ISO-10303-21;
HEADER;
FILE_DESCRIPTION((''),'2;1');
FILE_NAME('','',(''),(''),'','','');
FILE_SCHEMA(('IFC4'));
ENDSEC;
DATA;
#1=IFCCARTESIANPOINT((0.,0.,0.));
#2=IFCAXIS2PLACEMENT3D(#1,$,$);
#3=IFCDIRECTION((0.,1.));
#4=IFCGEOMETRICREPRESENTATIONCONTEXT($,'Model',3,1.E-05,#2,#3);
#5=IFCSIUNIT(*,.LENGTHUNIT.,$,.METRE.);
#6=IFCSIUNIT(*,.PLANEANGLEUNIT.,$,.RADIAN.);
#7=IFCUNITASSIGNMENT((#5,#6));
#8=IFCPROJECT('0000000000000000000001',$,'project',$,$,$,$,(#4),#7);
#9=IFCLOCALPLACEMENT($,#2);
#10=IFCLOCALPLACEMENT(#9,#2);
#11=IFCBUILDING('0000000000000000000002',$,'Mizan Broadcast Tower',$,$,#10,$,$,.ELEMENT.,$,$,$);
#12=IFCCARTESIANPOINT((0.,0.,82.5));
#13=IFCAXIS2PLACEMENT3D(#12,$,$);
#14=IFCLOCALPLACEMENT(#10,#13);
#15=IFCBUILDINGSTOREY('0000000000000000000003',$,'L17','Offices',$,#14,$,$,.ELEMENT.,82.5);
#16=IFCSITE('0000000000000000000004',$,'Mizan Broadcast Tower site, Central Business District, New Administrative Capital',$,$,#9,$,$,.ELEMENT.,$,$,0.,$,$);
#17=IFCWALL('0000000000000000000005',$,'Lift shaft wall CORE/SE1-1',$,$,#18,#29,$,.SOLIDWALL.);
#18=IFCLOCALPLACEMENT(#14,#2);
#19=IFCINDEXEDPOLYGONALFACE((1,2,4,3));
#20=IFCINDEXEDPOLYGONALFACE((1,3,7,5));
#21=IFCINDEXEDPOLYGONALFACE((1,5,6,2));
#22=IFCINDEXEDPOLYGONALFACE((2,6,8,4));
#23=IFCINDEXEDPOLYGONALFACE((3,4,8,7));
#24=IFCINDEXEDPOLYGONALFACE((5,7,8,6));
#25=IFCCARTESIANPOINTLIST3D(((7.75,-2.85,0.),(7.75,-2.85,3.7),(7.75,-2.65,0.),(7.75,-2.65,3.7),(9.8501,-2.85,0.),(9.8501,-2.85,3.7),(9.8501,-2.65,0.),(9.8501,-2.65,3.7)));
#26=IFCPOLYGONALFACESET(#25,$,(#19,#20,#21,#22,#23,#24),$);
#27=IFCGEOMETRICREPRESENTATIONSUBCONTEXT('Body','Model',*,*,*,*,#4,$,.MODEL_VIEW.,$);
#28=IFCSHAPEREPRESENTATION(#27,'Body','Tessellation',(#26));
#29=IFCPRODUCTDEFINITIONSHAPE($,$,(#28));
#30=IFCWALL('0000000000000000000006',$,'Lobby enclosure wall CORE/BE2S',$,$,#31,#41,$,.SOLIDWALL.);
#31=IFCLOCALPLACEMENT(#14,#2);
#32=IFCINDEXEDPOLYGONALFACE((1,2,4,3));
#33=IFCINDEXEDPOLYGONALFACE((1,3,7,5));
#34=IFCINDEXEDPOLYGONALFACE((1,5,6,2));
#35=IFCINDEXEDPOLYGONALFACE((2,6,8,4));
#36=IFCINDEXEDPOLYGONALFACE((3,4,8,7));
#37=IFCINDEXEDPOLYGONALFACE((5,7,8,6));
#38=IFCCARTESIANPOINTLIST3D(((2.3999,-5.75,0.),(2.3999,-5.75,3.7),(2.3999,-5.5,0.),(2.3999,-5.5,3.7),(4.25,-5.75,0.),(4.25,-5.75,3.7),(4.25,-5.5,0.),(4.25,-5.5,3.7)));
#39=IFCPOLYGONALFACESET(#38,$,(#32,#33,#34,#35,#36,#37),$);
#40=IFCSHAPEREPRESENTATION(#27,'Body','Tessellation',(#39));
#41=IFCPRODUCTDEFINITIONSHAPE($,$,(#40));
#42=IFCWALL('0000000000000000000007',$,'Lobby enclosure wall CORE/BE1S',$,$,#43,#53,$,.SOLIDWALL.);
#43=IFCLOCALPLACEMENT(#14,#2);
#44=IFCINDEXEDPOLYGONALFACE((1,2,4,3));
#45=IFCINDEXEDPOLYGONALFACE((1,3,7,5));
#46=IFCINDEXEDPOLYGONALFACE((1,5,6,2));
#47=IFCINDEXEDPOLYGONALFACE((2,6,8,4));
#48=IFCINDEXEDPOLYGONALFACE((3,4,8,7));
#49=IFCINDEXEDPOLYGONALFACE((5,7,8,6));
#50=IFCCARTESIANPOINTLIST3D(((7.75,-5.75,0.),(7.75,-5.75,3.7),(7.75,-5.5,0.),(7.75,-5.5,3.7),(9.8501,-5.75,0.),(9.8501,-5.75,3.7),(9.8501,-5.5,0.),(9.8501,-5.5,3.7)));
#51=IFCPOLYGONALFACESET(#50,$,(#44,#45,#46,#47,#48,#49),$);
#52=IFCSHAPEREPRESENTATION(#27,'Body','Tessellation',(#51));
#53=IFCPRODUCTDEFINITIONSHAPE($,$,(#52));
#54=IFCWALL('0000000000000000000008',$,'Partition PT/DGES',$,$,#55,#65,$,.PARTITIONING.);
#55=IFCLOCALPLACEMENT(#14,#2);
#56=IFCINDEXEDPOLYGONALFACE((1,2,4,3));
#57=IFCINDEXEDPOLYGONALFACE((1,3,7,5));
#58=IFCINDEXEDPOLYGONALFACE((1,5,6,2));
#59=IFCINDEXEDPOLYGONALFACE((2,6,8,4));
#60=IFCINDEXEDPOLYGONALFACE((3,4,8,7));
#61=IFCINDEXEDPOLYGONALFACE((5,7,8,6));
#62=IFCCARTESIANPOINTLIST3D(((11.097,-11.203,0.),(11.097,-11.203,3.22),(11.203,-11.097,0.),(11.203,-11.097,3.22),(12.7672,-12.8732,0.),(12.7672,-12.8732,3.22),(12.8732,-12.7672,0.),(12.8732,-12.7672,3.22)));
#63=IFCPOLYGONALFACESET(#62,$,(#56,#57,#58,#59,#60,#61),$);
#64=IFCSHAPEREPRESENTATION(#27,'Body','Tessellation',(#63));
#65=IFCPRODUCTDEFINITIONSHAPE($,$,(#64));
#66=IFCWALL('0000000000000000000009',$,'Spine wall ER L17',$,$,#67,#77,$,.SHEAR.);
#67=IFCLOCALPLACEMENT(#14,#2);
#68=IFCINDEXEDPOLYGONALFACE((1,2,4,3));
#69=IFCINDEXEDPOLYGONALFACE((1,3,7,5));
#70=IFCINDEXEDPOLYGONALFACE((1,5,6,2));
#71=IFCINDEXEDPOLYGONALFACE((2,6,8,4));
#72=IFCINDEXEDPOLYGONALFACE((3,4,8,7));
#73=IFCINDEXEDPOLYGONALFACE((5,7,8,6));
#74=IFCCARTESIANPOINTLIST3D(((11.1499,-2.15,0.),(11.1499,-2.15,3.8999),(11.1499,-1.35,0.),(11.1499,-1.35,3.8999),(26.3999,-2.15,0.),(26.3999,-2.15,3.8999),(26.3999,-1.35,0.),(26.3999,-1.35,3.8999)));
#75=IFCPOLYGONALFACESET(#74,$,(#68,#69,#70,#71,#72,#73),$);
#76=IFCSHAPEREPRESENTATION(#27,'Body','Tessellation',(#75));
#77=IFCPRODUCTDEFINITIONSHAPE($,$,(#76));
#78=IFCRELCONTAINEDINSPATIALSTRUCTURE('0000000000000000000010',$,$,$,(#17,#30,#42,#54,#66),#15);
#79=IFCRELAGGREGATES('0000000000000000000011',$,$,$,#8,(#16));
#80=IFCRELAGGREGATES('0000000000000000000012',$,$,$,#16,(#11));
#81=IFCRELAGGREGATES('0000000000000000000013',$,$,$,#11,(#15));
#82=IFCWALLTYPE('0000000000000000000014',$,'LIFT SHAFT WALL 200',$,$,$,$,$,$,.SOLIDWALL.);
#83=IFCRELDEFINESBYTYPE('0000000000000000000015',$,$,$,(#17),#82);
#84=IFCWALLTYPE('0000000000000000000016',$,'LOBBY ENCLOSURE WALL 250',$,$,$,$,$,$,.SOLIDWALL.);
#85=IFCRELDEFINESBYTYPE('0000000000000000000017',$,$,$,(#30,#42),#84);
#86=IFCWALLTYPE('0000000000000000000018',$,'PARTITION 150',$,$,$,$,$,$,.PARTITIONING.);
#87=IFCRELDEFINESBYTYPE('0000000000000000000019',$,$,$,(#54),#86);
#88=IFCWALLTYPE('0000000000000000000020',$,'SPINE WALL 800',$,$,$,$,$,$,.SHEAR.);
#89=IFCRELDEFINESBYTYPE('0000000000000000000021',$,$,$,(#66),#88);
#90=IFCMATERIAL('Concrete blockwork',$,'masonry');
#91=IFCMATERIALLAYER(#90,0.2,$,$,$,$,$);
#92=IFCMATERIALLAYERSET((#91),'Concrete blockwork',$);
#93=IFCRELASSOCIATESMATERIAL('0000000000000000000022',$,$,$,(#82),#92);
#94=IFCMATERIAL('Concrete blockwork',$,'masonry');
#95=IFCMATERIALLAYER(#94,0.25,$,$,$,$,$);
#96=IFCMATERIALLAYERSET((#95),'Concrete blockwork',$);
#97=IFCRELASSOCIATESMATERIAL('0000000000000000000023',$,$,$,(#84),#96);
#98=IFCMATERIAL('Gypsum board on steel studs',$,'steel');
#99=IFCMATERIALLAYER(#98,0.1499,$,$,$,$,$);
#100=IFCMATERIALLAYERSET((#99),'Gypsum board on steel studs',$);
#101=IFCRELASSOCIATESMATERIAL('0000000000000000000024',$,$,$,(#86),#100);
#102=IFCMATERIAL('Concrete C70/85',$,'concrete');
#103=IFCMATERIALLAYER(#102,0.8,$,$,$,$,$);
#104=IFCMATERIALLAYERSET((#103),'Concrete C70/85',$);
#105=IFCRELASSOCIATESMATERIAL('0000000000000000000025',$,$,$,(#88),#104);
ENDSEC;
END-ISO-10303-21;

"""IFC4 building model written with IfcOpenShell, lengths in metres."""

from ifc_helpers import new_model, si_unit, direction, frame, frame_2d, origin, place, context, subcontext, project, spatial, rectangle, extrude, material, layer, layer_set, type_object, element, save


model = new_model("IFC4")

# Units and contexts
model_context = context("Model", 3, precision=1e-05, world=origin(), true_north=direction((0.0, 1.0)))
body_context = subcontext(model_context, "Body", "Model", "MODEL_VIEW")
ifc_project = project(units=[si_unit("LENGTHUNIT", "METRE"), si_unit("PLANEANGLEUNIT", "RADIAN")], contexts=[model_context])

# Site, building, storey
site_placement = place(None, origin())
site = spatial("IfcSite", under=ifc_project, at=site_placement, Name="Mizan Broadcast Tower site, Central Business District, New Administrative Capital", CompositionType="ELEMENT", RefElevation=0.0)
building_placement = place(site_placement, origin())
building = spatial("IfcBuilding", under=site, at=building_placement, Name="Mizan Broadcast Tower", CompositionType="ELEMENT")
storey_placement = place(building_placement, frame((0.0, 0.0, 82.5)))
storey = spatial("IfcBuildingStorey", under=building, at=storey_placement, Name="L17", Description="Offices", CompositionType="ELEMENT", Elevation=82.5)

# Walls
ifc_material_1 = material(Name="Concrete blockwork", Category="masonry")
ifc_layer_1 = layer(ifc_material_1, 0.2)
ifc_layer_set_1 = layer_set([ifc_layer_1], Name="Concrete blockwork")
wall_type_1 = type_object("IfcWallType", Name="LIFT SHAFT WALL 200", PredefinedType="SOLIDWALL", material=ifc_layer_set_1)
wall_1_placement = place(storey_placement, frame((7.75, -2.75, 0.0), z_axis=(0.0, 0.0, 1.0), x_axis=(1.0, 0.0, 0.0)))
element("IfcWall", 1, at=wall_1_placement, inside=storey, type_object=wall_type_1, Name="Lift shaft wall CORE/SE1-1", PredefinedType="SOLIDWALL", context=body_context, shape_type="SweptSolid", body=[
    extrude(rectangle(XDim=2.1001, YDim=0.2, at=frame_2d((1.05, 0.0))), origin(), (0.0, 0.0, 1.0), 3.7),
])
ifc_material_2 = material(Name="Concrete blockwork", Category="masonry")
ifc_layer_2 = layer(ifc_material_2, 0.25)
ifc_layer_set_2 = layer_set([ifc_layer_2], Name="Concrete blockwork")
wall_type_2 = type_object("IfcWallType", Name="LOBBY ENCLOSURE WALL 250", PredefinedType="SOLIDWALL", material=ifc_layer_set_2)
wall_2_placement = place(storey_placement, frame((2.3999, -5.625, 0.0), z_axis=(0.0, 0.0, 1.0), x_axis=(1.0, 0.0, 0.0)))
element("IfcWall", 2, at=wall_2_placement, inside=storey, type_object=wall_type_2, Name="Lobby enclosure wall CORE/BE2S", PredefinedType="SOLIDWALL", context=body_context, shape_type="SweptSolid", body=[
    extrude(rectangle(XDim=1.8501, YDim=0.25, at=frame_2d((0.925, 0.0))), origin(), (0.0, 0.0, 1.0), 3.7),
])
wall_3_placement = place(storey_placement, frame((7.75, -5.625, 0.0), z_axis=(0.0, 0.0, 1.0), x_axis=(1.0, 0.0, 0.0)))
element("IfcWall", 3, at=wall_3_placement, inside=storey, type_object=wall_type_2, Name="Lobby enclosure wall CORE/BE1S", PredefinedType="SOLIDWALL", context=body_context, shape_type="SweptSolid", body=[
    extrude(rectangle(XDim=2.1001, YDim=0.25, at=frame_2d((1.05, 0.0))), origin(), (0.0, 0.0, 1.0), 3.7),
])
ifc_material_3 = material(Name="Gypsum board on steel studs", Category="steel")
ifc_layer_3 = layer(ifc_material_3, 0.1499)
ifc_layer_set_3 = layer_set([ifc_layer_3], Name="Gypsum board on steel studs")
wall_type_3 = type_object("IfcWallType", Name="PARTITION 150", PredefinedType="PARTITIONING", material=ifc_layer_set_3)
wall_4_placement = place(storey_placement, frame((11.1499, -11.1499, 0.0), z_axis=(0.0, 0.0, 1.0), x_axis=(0.707107, -0.707107, 0.0)))
element("IfcWall", 4, at=wall_4_placement, inside=storey, type_object=wall_type_3, Name="Partition PT/DGES", PredefinedType="PARTITIONING", context=body_context, shape_type="SweptSolid", body=[
    extrude(rectangle(XDim=2.3621, YDim=0.1499, at=frame_2d((1.1812, 0.0))), origin(), (0.0, 0.0, 1.0), 3.22),
])
ifc_material_4 = material(Name="Concrete C70/85", Category="concrete")
ifc_layer_4 = layer(ifc_material_4, 0.8)
ifc_layer_set_4 = layer_set([ifc_layer_4], Name="Concrete C70/85")
wall_type_4 = type_object("IfcWallType", Name="SPINE WALL 800", PredefinedType="SHEAR", material=ifc_layer_set_4)
wall_5_placement = place(storey_placement, frame((11.1499, -1.75, 0.0), z_axis=(0.0, 0.0, 1.0), x_axis=(1.0, 0.0, 0.0)))
element("IfcWall", 5, at=wall_5_placement, inside=storey, type_object=wall_type_4, Name="Spine wall ER L17", PredefinedType="SHEAR", context=body_context, shape_type="SweptSolid", body=[
    extrude(rectangle(XDim=15.25, YDim=0.8, at=frame_2d((7.625, 0.0))), origin(), (0.0, 0.0, 1.0), 3.8999),
])

save(model, "model.ifc")
